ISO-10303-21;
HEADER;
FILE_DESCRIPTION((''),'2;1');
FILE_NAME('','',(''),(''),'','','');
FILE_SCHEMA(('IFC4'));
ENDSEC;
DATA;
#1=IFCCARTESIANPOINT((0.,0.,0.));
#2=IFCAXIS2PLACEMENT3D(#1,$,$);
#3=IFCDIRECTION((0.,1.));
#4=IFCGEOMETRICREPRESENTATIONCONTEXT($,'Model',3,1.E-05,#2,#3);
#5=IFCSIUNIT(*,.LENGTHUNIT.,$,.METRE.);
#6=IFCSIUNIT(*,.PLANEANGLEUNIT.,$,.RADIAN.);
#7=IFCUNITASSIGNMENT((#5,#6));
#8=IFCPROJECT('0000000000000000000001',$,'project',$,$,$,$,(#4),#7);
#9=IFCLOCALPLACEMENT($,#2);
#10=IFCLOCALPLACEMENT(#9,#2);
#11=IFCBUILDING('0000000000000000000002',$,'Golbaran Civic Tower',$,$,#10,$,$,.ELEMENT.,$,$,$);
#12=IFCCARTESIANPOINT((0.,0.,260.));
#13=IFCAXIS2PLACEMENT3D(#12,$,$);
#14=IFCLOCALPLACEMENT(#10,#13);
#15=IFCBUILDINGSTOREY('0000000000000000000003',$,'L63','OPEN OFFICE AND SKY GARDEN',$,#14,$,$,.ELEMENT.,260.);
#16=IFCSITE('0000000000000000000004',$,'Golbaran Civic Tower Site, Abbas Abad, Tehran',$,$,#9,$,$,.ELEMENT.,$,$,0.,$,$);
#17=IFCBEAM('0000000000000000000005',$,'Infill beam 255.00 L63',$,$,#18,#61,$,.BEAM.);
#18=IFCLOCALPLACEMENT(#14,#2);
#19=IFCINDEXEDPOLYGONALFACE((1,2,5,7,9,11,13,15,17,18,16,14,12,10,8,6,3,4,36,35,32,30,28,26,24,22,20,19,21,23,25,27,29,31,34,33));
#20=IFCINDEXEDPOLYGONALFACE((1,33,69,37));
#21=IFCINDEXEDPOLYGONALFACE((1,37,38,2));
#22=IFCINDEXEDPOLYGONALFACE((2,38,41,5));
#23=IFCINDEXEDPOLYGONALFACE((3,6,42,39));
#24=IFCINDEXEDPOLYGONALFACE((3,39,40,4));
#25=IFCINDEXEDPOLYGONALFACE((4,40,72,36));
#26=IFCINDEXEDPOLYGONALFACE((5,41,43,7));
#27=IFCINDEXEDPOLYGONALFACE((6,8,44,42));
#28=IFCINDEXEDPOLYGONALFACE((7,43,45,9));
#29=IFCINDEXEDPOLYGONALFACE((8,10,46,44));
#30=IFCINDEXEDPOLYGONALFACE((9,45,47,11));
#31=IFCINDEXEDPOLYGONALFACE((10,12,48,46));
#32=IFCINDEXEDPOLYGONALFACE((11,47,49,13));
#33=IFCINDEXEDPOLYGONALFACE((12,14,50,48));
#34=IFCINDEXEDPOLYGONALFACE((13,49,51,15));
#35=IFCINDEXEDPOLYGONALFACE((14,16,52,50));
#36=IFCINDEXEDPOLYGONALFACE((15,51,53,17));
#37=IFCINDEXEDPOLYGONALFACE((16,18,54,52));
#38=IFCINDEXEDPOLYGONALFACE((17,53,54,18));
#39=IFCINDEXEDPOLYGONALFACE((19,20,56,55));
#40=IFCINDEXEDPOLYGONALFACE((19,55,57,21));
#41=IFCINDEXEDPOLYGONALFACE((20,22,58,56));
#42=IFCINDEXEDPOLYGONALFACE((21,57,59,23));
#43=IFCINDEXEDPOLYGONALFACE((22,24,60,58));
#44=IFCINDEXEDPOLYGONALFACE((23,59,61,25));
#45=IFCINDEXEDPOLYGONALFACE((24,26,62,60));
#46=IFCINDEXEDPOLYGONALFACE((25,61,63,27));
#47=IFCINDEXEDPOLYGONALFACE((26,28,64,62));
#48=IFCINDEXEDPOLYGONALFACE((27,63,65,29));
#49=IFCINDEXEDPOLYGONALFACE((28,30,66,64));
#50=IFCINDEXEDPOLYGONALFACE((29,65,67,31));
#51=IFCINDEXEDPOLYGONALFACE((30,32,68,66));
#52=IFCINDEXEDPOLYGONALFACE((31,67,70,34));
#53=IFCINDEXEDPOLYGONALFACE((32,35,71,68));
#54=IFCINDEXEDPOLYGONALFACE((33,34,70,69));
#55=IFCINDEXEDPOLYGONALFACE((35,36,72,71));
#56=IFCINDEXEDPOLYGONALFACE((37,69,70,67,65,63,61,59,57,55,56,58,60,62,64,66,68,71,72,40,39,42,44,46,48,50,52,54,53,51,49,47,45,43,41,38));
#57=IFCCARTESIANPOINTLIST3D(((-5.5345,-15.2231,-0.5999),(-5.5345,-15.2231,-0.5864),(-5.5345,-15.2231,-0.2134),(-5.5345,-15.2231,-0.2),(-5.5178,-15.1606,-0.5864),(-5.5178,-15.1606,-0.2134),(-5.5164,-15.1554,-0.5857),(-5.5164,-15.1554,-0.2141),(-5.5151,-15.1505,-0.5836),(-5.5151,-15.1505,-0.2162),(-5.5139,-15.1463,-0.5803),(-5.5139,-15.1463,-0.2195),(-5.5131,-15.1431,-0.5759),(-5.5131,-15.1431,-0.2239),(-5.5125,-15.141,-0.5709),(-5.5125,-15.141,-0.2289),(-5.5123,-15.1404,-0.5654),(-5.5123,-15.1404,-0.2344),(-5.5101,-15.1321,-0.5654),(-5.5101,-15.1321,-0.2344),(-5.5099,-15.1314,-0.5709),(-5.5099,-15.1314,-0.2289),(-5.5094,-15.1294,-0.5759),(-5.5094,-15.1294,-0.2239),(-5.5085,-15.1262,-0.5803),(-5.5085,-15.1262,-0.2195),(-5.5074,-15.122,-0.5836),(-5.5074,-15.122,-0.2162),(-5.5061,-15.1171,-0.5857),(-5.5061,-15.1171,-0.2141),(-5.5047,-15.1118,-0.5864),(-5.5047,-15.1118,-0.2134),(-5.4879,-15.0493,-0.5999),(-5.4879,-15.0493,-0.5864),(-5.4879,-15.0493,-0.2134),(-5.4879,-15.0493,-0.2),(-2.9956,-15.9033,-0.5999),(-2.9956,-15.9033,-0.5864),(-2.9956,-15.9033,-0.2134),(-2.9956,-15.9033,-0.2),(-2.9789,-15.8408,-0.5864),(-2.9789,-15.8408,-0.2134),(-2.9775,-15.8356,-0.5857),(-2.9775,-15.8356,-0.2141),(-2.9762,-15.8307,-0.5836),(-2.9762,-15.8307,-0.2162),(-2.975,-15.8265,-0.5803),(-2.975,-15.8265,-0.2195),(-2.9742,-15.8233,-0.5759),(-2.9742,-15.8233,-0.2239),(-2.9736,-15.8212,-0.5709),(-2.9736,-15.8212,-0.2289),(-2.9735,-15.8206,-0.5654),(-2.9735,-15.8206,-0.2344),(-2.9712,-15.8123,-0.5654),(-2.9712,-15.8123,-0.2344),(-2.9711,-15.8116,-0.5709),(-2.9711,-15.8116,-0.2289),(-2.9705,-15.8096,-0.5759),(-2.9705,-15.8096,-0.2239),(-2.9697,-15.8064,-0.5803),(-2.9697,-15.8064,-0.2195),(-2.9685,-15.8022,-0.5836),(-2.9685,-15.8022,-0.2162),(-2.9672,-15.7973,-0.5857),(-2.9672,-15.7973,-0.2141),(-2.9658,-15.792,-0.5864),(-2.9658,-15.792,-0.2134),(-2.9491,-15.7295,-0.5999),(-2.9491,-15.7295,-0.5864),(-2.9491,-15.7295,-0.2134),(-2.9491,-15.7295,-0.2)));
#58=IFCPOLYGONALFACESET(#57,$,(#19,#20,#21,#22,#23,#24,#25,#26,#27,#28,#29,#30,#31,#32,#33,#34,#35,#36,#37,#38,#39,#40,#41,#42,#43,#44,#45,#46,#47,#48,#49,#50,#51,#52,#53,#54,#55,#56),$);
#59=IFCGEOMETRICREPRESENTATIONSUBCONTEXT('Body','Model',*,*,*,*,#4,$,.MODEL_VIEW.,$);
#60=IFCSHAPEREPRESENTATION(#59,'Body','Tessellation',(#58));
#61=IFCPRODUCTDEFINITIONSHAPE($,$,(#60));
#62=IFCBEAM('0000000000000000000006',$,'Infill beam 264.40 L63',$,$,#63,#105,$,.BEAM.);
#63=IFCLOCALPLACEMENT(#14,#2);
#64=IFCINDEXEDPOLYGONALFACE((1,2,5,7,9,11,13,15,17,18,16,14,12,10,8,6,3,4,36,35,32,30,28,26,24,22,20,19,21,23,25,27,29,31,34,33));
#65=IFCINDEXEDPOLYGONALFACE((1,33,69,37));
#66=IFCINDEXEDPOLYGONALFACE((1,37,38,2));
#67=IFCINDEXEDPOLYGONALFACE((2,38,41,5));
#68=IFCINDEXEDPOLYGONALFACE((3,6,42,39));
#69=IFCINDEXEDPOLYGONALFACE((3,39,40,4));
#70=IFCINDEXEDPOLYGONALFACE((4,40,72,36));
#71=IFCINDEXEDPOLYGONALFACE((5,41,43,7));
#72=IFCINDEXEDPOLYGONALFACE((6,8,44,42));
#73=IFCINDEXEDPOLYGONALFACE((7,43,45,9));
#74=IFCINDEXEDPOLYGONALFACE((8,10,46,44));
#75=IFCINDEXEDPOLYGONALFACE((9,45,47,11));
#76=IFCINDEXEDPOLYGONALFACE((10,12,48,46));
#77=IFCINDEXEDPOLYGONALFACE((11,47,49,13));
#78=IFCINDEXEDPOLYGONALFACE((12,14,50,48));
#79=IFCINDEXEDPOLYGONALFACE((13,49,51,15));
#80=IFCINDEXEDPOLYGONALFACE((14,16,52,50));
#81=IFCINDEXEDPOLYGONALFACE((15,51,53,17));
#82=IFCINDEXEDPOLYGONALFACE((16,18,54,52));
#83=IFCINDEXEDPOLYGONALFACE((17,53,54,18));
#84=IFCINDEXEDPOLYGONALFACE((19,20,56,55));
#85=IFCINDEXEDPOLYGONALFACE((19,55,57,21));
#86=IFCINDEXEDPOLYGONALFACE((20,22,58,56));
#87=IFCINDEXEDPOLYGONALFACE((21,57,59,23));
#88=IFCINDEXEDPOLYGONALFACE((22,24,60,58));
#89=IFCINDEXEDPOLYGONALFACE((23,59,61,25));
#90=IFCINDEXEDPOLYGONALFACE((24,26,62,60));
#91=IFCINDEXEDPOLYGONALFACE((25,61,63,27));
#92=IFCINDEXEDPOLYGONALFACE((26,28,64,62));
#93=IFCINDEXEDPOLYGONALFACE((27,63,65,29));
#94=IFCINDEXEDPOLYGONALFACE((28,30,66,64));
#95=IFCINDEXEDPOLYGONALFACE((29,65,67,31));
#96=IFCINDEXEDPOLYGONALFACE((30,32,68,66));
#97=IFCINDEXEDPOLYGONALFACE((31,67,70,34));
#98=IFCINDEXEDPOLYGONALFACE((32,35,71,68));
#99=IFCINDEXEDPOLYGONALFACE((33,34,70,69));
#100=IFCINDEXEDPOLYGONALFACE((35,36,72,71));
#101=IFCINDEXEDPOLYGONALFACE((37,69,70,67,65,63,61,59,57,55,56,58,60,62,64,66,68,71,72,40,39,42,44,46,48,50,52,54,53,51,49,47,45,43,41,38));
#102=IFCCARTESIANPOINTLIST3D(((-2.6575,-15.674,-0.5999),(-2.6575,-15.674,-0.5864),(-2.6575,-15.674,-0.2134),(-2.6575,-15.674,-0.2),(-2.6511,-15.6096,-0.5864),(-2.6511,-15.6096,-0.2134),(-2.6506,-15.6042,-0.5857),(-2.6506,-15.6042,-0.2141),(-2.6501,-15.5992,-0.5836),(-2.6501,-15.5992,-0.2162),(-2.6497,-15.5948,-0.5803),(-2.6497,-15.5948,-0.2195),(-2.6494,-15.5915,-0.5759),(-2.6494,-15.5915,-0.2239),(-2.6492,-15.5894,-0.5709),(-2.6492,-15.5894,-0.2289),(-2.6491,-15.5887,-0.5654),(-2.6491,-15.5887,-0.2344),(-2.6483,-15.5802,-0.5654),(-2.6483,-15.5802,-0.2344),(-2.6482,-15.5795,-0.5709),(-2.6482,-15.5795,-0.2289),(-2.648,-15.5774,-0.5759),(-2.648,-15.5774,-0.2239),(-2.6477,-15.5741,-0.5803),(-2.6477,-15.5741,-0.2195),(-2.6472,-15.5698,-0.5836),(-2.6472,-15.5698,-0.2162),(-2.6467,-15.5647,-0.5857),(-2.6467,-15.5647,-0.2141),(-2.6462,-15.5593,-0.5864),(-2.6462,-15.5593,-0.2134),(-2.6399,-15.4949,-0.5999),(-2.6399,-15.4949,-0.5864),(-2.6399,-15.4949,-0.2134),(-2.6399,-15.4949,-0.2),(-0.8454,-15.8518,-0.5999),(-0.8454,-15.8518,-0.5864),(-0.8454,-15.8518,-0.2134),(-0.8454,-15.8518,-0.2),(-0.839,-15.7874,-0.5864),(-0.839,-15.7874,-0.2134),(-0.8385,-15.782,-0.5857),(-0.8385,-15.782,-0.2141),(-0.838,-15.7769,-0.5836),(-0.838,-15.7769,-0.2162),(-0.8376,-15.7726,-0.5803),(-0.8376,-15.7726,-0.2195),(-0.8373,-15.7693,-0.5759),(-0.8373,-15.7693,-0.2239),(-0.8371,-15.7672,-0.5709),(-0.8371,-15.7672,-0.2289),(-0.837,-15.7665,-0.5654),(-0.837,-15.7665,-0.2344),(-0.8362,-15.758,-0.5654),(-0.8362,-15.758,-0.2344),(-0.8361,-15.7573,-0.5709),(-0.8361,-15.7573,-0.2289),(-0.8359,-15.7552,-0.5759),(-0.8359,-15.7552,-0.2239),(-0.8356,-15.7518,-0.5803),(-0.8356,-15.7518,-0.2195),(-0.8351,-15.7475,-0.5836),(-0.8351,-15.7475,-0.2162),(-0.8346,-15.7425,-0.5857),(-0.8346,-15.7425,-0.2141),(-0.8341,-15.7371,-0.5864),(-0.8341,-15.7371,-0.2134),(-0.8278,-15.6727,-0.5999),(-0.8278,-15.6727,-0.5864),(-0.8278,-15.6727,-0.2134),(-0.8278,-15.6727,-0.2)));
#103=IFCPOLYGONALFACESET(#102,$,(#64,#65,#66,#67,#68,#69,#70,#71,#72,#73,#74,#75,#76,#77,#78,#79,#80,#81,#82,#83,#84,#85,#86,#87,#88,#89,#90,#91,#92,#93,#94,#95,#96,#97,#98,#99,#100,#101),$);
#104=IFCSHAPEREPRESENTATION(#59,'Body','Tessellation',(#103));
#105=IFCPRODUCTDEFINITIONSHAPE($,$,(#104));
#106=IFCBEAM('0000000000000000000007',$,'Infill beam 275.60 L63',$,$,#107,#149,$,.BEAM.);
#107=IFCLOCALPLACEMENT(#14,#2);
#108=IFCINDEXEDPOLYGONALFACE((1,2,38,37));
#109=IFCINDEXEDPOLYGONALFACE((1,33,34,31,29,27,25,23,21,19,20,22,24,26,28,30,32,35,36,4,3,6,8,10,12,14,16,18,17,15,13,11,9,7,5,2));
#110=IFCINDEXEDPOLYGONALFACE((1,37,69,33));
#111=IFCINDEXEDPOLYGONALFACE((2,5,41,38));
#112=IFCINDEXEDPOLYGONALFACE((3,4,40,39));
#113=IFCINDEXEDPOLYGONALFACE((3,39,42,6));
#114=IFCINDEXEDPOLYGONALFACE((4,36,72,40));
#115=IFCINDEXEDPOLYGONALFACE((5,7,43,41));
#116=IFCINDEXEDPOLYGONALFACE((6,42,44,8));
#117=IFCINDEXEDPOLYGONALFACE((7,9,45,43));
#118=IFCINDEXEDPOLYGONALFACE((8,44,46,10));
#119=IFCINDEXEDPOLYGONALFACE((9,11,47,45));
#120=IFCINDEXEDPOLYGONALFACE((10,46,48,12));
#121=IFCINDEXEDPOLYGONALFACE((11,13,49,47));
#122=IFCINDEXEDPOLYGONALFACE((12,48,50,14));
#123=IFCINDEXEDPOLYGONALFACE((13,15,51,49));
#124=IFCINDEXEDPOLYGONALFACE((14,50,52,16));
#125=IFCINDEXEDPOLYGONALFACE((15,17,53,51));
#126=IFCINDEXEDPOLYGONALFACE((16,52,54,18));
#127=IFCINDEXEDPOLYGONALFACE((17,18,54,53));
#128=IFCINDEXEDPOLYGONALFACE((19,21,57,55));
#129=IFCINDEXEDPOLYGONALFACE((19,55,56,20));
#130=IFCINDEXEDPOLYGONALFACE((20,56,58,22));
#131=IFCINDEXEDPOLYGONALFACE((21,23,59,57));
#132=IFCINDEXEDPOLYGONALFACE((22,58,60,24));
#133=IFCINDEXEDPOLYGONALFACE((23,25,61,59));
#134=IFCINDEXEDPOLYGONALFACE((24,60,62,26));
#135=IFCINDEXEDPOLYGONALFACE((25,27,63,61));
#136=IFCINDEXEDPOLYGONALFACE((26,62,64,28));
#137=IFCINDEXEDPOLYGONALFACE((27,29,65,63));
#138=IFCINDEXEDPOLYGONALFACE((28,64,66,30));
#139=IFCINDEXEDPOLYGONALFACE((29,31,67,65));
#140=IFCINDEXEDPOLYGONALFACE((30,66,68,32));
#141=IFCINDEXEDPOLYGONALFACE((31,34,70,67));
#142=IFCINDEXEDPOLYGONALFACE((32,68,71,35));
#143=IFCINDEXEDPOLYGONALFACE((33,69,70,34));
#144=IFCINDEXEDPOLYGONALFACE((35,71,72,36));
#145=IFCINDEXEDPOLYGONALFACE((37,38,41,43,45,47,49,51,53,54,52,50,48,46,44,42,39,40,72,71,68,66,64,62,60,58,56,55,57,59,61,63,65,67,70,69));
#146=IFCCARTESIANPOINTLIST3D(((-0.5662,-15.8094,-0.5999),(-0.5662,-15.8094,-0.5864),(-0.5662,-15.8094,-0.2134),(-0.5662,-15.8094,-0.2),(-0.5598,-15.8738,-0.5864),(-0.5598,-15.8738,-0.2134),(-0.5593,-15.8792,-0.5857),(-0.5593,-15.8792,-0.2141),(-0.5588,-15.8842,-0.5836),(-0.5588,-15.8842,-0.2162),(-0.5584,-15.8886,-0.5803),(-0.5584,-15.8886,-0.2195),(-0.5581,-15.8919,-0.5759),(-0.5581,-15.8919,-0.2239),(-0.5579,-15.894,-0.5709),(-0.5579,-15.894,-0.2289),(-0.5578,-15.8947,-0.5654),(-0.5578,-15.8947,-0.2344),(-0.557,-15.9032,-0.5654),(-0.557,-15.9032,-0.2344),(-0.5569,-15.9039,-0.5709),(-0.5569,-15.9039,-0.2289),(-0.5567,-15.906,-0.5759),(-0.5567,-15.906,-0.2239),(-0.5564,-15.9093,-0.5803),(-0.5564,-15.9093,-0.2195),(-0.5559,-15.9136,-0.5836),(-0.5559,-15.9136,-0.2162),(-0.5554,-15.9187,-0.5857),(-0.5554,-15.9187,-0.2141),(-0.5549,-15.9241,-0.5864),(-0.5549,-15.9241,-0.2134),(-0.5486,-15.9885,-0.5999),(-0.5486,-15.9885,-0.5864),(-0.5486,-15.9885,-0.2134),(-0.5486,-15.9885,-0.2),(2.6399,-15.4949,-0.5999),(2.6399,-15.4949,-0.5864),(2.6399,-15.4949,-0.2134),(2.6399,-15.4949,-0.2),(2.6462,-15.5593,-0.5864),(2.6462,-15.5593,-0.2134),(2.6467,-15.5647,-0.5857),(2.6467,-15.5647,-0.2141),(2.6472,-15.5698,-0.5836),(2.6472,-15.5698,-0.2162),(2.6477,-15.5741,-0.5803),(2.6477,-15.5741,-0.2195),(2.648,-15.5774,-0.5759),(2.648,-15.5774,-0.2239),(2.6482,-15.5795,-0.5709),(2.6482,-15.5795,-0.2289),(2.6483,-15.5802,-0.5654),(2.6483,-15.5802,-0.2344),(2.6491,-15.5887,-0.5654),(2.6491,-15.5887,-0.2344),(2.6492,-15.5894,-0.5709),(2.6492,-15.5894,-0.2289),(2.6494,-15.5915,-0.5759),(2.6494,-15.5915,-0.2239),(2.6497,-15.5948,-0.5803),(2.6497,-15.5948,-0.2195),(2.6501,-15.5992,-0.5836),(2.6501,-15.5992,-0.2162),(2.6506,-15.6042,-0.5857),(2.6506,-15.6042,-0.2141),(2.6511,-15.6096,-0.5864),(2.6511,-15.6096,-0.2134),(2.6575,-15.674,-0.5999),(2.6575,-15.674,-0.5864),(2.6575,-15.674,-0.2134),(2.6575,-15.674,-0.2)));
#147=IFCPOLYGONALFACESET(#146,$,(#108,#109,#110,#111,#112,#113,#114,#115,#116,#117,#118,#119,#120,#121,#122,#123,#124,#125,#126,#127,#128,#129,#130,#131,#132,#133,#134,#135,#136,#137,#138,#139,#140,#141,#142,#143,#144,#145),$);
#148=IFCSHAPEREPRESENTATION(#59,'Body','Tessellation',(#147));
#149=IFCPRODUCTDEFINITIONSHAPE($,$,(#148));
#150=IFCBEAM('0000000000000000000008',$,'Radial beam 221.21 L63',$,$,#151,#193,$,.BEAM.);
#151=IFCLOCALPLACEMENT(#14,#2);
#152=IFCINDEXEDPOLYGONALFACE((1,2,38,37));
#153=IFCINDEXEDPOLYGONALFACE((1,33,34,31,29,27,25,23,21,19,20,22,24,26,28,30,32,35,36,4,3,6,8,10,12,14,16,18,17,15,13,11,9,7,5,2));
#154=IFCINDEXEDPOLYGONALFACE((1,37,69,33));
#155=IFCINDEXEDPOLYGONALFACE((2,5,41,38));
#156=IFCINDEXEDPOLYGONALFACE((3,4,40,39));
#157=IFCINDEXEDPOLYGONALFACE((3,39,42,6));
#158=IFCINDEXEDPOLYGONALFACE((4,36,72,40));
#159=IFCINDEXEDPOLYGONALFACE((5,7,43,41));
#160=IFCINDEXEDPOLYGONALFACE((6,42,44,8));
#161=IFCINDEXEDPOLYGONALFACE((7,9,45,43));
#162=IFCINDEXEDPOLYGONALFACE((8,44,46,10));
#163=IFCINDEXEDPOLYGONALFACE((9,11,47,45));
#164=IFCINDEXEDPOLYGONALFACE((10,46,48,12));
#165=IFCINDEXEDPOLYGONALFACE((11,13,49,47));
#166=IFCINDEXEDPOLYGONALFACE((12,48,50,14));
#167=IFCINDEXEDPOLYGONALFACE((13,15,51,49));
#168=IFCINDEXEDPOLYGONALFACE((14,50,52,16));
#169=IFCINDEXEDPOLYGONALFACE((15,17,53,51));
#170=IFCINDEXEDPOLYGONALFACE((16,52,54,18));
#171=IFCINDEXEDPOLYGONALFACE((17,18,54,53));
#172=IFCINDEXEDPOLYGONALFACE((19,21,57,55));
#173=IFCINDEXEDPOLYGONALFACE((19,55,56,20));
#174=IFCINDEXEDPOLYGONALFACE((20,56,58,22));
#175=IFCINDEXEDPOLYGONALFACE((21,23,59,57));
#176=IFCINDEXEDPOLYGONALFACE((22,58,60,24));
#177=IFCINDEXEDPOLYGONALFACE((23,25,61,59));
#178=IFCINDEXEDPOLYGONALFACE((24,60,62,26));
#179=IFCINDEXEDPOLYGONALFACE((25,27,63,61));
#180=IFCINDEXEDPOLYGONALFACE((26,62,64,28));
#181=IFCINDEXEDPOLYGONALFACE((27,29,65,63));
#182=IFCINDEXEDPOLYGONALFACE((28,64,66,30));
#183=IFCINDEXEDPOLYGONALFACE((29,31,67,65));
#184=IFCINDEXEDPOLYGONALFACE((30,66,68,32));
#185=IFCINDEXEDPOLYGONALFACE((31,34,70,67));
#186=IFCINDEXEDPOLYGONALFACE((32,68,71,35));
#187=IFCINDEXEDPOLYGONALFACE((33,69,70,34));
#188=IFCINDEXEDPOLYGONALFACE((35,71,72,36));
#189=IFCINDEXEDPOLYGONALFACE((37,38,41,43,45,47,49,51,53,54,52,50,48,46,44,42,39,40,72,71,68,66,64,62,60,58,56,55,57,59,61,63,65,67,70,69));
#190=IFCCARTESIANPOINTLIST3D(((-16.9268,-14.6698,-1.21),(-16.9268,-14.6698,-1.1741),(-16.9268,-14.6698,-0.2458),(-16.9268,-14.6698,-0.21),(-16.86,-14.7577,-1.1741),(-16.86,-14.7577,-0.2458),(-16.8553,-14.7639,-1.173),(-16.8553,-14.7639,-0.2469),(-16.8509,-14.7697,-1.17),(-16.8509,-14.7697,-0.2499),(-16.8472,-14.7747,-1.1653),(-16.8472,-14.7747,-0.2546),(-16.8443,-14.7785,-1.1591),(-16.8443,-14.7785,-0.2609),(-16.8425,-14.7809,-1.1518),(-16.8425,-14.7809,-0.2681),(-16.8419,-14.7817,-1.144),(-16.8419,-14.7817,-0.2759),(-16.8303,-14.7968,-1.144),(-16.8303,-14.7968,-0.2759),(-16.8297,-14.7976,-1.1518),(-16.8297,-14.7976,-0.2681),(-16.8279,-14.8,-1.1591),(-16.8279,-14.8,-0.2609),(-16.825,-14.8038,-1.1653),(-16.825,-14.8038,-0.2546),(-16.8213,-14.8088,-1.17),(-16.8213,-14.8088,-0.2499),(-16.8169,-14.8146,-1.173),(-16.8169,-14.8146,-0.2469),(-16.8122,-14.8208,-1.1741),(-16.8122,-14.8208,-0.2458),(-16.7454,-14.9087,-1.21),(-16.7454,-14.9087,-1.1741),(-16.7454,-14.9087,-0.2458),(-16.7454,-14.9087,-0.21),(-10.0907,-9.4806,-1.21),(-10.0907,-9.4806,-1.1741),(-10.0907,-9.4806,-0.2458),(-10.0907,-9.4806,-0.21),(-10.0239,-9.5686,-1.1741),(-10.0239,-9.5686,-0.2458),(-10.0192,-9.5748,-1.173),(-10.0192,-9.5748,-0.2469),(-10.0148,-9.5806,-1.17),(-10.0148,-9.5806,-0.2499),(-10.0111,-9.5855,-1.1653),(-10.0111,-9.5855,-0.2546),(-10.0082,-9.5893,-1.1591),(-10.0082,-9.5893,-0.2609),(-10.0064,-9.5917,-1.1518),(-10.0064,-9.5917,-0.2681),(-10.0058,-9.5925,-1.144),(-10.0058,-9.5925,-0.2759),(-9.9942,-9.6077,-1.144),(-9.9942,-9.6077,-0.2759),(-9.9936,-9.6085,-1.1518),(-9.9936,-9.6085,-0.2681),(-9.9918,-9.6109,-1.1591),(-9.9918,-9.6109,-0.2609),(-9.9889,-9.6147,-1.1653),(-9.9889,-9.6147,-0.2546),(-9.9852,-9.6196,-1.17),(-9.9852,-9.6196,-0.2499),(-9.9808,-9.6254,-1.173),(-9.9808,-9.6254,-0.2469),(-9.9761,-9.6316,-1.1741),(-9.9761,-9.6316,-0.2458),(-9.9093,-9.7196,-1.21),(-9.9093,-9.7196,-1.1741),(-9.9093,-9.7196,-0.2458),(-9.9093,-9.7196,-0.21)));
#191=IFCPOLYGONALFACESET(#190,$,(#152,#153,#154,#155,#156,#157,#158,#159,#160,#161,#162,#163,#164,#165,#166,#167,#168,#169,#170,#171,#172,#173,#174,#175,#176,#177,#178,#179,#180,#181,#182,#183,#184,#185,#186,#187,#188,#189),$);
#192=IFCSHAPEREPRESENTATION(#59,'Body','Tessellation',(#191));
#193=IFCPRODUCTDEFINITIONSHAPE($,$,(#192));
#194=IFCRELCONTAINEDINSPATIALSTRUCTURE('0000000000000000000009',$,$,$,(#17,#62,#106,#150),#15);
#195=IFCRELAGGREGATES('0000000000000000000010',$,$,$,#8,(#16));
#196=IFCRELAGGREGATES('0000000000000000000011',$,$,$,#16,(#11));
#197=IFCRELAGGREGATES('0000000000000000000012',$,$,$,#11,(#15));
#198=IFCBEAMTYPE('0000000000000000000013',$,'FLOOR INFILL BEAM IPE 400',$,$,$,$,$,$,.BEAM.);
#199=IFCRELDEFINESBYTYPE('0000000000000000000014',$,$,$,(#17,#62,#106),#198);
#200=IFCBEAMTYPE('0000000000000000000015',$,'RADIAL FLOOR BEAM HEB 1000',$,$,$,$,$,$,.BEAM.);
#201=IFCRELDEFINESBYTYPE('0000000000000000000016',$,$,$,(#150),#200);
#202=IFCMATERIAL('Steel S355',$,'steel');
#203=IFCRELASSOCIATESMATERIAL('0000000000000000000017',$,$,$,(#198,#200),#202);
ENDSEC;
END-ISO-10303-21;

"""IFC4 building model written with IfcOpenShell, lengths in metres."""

from ifc_helpers import new_model, si_unit, direction, frame, origin, origin_2d, place, context, subcontext, project, spatial, i_section, extrude, material, material_profile, profile_set, type_object, element, save


model = new_model("IFC4")

# Units and contexts
model_context = context("Model", 3, precision=1e-05, world=origin(), true_north=direction((0.0, 1.0)))
body_context = subcontext(model_context, "Body", "Model", "MODEL_VIEW")
ifc_project = project(units=[si_unit("LENGTHUNIT", "METRE"), si_unit("PLANEANGLEUNIT", "RADIAN")], contexts=[model_context])

# Site, building, storey
site_placement = place(None, origin())
site = spatial("IfcSite", under=ifc_project, at=site_placement, Name="Golbaran Civic Tower Site, Abbas Abad, Tehran", CompositionType="ELEMENT", RefElevation=0.0)
building_placement = place(site_placement, origin())
building = spatial("IfcBuilding", under=site, at=building_placement, Name="Golbaran Civic Tower", CompositionType="ELEMENT")
storey_placement = place(building_placement, frame((0.0, 0.0, 260.0)))
storey = spatial("IfcBuildingStorey", under=building, at=storey_placement, Name="L63", Description="OPEN OFFICE AND SKY GARDEN", CompositionType="ELEMENT", Elevation=260.0)

# Beams
ifc_material_1 = material(Name="Steel S355", Category="steel")
ifc_material_profile_1 = material_profile(ifc_material_1, i_section(OverallWidth=0.1799, OverallDepth=0.3999, WebThickness=0.0085, FlangeThickness=0.0134, FilletRadius=0.021, at=origin_2d()), Name="IPE 400")
ifc_profile_set_1 = profile_set([ifc_material_profile_1], Name="Steel S355")
beam_type_1 = type_object("IfcBeamType", Name="FLOOR INFILL BEAM IPE 400", PredefinedType="BEAM", material=ifc_profile_set_1)
beam_1_placement = place(storey_placement, frame((-5.5112, -15.1362, -0.3999), z_axis=(0.965935, -0.258784, 0.0), x_axis=(0.258784, 0.965935, 0.0)))
element("IfcBeam", 1, at=beam_1_placement, inside=storey, type_object=beam_type_1, Name="Infill beam 255.00 L63", PredefinedType="BEAM", context=body_context, shape_type="SweptSolid", body=[
    extrude(i_section(OverallWidth=0.1799, OverallDepth=0.3999, WebThickness=0.0085, FlangeThickness=0.0134, FilletRadius=0.021, at=origin_2d()), origin(), (0.0, 0.0, 1.0), 2.6284),
])
beam_2_placement = place(storey_placement, frame((-2.6487, -15.5845, -0.3999), z_axis=(0.995224, -0.097618, 0.0), x_axis=(0.097618, 0.995224, 0.0)))
element("IfcBeam", 2, at=beam_2_placement, inside=storey, type_object=beam_type_1, Name="Infill beam 264.40 L63", PredefinedType="BEAM", context=body_context, shape_type="SweptSolid", body=[
    extrude(i_section(OverallWidth=0.1799, OverallDepth=0.3999, WebThickness=0.0085, FlangeThickness=0.0134, FilletRadius=0.021, at=origin_2d()), origin(), (0.0, 0.0, 1.0), 1.8208),
])
beam_3_placement = place(storey_placement, frame((-0.5574, -15.8989, -0.3999), z_axis=(0.995224, 0.097613, 0.0), x_axis=(-0.097613, 0.995224, 0.0)))
element("IfcBeam", 3, at=beam_3_placement, inside=storey, type_object=beam_type_1, Name="Infill beam 275.60 L63", PredefinedType="BEAM", context=body_context, shape_type="SweptSolid", body=[
    extrude(i_section(OverallWidth=0.1799, OverallDepth=0.3999, WebThickness=0.0085, FlangeThickness=0.0134, FilletRadius=0.021, at=origin_2d()), origin(), (0.0, 0.0, 1.0), 3.2214),
])
ifc_material_profile_2 = material_profile(ifc_material_1, i_section(OverallWidth=0.3, OverallDepth=1.0, WebThickness=0.019, FlangeThickness=0.0359, FilletRadius=0.03, at=origin_2d()), Name="HEB 1000")
ifc_profile_set_2 = profile_set([ifc_material_profile_2], Name="Steel S355")
beam_type_2 = type_object("IfcBeamType", Name="RADIAL FLOOR BEAM HEB 1000", PredefinedType="BEAM", material=ifc_profile_set_2)
beam_4_placement = place(storey_placement, frame((-10.0, -9.6001, -0.71), z_axis=(-0.796515, -0.604619, 0.0), x_axis=(0.604619, -0.796515, 0.0)))
element("IfcBeam", 4, at=beam_4_placement, inside=storey, type_object=beam_type_2, Name="Radial beam 221.21 L63", PredefinedType="BEAM", context=body_context, shape_type="SweptSolid", body=[
    extrude(i_section(OverallWidth=0.3, OverallDepth=1.0, WebThickness=0.019, FlangeThickness=0.0359, FilletRadius=0.03, at=origin_2d()), origin(), (0.0, 0.0, 1.0), 8.5825),
])

save(model, "model.ifc")
